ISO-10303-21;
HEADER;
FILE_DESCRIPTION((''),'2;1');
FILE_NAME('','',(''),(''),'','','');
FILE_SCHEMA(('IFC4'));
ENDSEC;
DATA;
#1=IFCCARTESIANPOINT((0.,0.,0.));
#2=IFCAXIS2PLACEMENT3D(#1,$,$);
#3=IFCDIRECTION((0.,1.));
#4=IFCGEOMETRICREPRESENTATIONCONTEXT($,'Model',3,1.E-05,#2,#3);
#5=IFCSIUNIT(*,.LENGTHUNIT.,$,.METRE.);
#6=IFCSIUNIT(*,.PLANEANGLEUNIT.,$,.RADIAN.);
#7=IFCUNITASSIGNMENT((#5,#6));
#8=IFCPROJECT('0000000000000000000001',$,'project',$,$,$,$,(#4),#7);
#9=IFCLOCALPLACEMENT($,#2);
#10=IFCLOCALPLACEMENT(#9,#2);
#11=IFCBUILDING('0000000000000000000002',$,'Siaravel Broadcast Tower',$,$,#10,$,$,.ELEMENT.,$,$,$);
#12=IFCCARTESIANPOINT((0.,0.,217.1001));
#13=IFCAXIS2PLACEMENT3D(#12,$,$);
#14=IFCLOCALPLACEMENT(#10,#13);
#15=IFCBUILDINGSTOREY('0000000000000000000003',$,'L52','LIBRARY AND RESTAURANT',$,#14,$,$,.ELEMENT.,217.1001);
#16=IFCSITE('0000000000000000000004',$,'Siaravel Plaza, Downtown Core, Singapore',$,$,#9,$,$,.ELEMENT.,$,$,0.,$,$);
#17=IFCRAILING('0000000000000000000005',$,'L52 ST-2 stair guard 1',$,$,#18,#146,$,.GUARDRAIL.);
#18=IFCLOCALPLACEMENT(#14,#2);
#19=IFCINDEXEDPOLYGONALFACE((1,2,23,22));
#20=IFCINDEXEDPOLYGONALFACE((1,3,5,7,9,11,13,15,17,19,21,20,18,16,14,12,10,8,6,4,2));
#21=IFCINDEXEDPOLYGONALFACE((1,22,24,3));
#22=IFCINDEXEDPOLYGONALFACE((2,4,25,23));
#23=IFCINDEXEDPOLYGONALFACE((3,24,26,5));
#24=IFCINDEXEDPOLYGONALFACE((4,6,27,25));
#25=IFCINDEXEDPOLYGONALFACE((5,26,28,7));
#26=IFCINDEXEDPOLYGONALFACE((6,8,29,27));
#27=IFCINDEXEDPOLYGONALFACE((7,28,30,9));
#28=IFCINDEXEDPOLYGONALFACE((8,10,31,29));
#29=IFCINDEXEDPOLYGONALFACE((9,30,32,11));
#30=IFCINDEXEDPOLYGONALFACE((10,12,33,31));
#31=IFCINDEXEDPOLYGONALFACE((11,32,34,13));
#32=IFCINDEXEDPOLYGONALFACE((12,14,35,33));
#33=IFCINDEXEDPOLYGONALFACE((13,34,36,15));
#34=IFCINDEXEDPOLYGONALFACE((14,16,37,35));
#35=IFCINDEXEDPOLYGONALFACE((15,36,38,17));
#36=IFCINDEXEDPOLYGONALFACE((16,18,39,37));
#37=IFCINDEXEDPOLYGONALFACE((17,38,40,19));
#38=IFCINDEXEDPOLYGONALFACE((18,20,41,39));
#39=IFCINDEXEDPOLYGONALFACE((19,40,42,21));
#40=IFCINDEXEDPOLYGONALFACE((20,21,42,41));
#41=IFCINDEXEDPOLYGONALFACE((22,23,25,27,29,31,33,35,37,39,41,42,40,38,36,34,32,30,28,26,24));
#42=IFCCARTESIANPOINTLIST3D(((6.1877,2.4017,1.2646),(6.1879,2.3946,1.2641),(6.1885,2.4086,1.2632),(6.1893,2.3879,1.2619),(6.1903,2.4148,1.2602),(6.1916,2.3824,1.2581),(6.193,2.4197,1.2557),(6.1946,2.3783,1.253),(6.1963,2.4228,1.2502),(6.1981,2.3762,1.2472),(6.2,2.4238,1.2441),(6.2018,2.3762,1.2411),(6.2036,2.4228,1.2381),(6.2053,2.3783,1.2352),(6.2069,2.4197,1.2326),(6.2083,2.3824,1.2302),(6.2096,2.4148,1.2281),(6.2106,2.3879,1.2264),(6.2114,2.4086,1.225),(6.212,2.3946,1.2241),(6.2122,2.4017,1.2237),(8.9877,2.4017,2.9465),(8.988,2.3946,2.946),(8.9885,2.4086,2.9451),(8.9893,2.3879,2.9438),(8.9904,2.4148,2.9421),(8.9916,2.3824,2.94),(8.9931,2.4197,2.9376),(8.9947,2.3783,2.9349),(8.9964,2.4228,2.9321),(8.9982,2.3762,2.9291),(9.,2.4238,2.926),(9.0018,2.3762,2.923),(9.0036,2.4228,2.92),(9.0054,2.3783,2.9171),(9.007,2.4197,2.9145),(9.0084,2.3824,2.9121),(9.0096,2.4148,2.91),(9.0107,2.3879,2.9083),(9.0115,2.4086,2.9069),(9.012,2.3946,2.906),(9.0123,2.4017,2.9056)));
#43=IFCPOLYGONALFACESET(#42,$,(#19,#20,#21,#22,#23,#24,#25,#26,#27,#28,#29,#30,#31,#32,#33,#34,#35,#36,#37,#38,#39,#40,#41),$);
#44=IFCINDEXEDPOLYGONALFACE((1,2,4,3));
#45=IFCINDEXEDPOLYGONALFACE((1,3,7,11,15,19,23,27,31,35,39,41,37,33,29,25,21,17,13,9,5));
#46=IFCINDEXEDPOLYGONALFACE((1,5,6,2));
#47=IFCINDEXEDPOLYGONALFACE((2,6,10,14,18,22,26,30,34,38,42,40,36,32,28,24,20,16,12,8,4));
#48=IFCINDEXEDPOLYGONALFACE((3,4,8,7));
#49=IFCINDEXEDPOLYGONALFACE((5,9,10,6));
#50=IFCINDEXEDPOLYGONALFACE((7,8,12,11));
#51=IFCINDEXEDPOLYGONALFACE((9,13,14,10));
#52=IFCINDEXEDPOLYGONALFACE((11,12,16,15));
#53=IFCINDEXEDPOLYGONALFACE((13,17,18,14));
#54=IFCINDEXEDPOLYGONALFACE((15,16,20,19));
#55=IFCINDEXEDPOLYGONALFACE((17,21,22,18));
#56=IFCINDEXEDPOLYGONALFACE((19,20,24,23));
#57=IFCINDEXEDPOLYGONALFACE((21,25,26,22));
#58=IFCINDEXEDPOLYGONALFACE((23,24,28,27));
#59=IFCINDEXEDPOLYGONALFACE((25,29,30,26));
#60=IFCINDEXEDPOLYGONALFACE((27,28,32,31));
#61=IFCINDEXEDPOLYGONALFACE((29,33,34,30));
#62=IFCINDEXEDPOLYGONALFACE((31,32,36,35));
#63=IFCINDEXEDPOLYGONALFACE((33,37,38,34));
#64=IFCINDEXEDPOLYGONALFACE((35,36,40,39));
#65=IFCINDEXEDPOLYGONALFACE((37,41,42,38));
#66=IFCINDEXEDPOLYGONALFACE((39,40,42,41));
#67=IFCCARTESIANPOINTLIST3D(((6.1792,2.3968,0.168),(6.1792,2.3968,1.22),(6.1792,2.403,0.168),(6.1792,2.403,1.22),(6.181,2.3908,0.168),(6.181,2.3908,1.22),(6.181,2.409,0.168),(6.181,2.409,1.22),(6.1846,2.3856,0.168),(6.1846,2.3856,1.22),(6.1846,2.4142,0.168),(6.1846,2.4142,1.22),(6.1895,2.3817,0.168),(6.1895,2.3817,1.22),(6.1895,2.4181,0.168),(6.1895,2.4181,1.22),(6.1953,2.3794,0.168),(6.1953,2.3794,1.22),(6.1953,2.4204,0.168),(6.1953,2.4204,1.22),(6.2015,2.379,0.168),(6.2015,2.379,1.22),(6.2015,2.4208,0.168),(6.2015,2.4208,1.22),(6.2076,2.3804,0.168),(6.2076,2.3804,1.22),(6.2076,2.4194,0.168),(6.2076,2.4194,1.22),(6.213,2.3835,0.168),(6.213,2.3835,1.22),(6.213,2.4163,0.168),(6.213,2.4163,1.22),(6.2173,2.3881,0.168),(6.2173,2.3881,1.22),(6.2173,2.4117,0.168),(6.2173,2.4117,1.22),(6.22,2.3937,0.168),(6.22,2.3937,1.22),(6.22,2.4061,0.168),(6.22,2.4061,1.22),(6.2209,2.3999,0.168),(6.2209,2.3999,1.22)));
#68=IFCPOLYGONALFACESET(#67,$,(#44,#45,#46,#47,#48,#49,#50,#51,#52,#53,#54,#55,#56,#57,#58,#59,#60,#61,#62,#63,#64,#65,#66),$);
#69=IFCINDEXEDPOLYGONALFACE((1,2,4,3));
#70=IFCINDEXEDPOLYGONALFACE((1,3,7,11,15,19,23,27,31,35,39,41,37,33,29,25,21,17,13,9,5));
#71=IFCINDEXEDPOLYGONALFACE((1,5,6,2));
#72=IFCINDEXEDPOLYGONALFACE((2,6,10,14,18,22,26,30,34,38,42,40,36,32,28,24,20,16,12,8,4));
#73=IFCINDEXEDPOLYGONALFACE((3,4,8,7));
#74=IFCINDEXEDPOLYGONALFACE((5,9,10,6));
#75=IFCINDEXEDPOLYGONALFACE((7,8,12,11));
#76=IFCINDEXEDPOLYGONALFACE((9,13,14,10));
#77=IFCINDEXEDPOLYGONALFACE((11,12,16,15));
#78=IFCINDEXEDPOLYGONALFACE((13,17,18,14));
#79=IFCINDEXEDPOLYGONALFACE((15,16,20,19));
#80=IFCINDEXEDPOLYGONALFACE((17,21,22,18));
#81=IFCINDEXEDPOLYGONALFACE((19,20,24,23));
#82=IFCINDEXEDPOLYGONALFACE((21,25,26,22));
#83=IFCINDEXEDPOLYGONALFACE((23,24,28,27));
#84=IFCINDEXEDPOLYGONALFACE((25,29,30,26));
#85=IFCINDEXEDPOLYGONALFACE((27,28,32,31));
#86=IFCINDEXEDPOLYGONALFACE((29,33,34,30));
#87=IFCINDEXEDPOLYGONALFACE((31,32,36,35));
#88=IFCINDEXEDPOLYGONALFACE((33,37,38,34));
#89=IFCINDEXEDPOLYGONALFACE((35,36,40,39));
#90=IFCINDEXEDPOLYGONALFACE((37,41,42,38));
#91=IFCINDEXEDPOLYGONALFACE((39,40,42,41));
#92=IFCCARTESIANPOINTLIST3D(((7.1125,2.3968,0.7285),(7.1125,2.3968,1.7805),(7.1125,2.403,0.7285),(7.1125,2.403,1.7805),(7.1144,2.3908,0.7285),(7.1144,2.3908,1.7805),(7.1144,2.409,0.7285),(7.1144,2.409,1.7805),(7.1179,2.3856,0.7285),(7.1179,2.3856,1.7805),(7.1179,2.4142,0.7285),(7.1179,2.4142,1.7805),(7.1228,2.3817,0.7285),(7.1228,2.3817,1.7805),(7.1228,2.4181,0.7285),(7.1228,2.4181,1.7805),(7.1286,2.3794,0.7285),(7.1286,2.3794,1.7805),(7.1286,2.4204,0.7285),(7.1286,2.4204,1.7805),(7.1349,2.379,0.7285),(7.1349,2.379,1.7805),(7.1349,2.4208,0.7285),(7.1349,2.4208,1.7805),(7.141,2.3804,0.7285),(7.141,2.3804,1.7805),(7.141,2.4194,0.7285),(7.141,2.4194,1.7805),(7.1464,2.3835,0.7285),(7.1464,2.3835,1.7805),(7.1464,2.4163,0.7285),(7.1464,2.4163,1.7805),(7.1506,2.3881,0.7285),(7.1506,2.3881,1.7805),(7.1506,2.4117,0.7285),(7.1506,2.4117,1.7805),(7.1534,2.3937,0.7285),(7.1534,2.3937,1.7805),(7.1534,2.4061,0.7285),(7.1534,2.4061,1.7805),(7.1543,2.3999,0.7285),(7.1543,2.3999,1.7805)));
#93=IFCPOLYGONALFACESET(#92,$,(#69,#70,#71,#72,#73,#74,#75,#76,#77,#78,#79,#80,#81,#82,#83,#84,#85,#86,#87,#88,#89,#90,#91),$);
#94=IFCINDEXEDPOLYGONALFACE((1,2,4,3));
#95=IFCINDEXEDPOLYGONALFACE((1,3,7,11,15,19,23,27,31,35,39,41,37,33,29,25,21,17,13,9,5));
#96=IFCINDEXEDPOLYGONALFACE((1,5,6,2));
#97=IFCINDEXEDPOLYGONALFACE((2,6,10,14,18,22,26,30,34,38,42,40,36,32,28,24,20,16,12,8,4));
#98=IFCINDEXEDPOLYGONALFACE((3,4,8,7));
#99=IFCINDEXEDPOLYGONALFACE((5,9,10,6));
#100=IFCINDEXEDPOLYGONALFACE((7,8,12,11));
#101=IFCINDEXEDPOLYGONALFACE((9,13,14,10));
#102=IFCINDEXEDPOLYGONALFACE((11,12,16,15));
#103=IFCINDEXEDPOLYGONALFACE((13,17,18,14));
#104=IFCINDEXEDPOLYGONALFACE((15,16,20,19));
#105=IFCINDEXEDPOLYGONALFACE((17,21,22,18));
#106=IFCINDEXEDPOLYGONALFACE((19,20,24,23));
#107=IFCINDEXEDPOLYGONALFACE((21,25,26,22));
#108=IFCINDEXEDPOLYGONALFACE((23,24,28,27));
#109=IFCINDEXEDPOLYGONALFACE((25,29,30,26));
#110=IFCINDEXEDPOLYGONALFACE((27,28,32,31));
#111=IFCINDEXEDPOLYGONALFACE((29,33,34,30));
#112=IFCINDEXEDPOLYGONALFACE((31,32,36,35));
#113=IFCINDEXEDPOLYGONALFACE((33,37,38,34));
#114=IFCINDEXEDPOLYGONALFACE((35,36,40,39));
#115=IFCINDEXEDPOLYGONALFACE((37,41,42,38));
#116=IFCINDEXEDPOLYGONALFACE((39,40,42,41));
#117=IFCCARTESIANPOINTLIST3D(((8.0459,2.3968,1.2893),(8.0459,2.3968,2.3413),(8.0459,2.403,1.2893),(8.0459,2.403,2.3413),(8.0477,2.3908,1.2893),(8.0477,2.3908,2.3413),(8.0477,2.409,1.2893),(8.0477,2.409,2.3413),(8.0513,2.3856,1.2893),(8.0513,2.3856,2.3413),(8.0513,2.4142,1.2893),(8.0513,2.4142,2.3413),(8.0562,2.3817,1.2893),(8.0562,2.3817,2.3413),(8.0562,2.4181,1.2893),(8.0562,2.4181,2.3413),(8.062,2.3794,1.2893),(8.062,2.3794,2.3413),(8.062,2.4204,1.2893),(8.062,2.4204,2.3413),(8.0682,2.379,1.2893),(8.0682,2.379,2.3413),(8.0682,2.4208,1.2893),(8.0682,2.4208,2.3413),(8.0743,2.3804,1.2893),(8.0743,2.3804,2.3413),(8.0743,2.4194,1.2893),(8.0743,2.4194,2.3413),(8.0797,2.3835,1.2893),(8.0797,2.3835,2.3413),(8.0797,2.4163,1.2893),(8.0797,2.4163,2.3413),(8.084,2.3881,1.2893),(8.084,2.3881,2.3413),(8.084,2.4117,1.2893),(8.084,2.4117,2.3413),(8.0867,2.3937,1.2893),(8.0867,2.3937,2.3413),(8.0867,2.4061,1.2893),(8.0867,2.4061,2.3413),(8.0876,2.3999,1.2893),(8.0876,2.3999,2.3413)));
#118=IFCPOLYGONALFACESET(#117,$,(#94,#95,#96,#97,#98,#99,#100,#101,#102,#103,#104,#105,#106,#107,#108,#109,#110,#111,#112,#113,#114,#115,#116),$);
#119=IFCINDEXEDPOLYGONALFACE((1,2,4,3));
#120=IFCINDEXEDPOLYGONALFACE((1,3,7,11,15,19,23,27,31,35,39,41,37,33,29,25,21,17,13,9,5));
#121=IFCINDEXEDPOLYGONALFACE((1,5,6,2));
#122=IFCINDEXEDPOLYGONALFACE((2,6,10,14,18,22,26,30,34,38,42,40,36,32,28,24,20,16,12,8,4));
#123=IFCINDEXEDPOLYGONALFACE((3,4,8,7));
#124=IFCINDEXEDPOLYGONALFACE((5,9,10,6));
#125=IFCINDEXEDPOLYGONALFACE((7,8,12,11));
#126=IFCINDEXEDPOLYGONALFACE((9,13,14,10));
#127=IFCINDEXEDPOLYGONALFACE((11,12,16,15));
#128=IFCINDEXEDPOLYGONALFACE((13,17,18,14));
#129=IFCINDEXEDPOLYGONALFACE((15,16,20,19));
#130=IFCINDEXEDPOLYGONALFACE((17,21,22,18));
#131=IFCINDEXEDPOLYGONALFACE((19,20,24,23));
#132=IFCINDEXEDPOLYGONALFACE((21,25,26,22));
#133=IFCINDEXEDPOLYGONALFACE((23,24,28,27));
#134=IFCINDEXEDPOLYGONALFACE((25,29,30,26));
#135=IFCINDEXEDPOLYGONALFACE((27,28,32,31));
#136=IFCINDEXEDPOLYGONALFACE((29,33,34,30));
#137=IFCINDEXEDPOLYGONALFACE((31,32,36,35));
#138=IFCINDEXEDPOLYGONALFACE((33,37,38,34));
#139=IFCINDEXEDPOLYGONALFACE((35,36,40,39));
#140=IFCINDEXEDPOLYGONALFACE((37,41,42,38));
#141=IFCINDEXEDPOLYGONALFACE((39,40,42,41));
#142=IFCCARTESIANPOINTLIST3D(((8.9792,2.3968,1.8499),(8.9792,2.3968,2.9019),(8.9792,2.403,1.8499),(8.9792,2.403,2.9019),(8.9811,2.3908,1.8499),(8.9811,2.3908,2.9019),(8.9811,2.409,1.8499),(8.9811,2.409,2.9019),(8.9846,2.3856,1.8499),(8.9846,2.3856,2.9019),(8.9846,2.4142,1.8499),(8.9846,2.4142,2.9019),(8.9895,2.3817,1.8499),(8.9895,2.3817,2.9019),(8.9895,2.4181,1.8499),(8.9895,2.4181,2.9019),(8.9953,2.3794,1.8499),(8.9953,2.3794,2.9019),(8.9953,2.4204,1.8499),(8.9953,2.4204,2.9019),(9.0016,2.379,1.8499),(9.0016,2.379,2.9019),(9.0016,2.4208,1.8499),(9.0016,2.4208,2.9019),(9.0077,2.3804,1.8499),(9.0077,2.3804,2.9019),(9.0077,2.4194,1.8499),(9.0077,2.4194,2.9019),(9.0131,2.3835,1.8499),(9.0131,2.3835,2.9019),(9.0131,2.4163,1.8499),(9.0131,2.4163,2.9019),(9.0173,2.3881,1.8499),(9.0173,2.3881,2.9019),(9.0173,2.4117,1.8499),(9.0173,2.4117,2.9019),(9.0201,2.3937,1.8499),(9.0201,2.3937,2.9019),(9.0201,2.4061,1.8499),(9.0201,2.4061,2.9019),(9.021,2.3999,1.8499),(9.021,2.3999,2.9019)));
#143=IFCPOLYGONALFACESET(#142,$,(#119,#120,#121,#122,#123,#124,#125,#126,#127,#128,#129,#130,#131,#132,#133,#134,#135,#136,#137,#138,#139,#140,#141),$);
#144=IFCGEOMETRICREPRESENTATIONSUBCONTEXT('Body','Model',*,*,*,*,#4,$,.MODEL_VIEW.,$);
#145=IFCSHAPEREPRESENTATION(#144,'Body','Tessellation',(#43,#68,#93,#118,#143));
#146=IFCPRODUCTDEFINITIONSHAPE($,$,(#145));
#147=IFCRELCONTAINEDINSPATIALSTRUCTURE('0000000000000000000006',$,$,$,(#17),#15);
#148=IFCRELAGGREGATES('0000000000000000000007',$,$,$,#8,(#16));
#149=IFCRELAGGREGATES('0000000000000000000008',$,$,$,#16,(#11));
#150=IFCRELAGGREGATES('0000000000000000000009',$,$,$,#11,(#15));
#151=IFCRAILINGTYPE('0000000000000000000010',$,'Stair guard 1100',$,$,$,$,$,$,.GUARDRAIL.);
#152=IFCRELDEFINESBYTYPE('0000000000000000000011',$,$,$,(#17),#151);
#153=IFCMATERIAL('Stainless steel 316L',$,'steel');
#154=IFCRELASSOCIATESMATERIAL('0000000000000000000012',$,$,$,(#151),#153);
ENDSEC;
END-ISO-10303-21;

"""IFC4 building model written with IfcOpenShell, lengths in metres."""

from ifc_helpers import new_model, si_unit, direction, frame, origin, origin_2d, place, context, subcontext, project, spatial, circle, extrude, material, type_object, element, save


model = new_model("IFC4")

# Units and contexts
model_context = context("Model", 3, precision=1e-05, world=origin(), true_north=direction((0.0, 1.0)))
body_context = subcontext(model_context, "Body", "Model", "MODEL_VIEW")
ifc_project = project(units=[si_unit("LENGTHUNIT", "METRE"), si_unit("PLANEANGLEUNIT", "RADIAN")], contexts=[model_context])

# Site, building, storey
site_placement = place(None, origin())
site = spatial("IfcSite", under=ifc_project, at=site_placement, Name="Siaravel Plaza, Downtown Core, Singapore", CompositionType="ELEMENT", RefElevation=0.0)
building_placement = place(site_placement, origin())
building = spatial("IfcBuilding", under=site, at=building_placement, Name="Siaravel Broadcast Tower", CompositionType="ELEMENT")
storey_placement = place(building_placement, frame((0.0, 0.0, 217.1001)))
storey = spatial("IfcBuildingStorey", under=building, at=storey_placement, Name="L52", Description="LIBRARY AND RESTAURANT", CompositionType="ELEMENT", Elevation=217.1001)

# Railing
ifc_material_1 = material(Name="Stainless steel 316L", Category="steel")
railing_type_1 = type_object("IfcRailingType", Name="Stair guard 1100", PredefinedType="GUARDRAIL", material=ifc_material_1)
railing_1_placement = place(storey_placement, frame((6.2, 2.3999, 0.168)))
element("IfcRailing", 1, at=railing_1_placement, inside=storey, type_object=railing_type_1, Name="L52 ST-2 stair guard 1", PredefinedType="GUARDRAIL", context=body_context, shape_type="SweptSolid", body=[
    extrude(circle(Radius=0.0239, at=origin_2d()), frame((0.0, 0.0, 1.0762), z_axis=(0.857242, 0.0, 0.514913), x_axis=(0.0, 1.0, 0.0)), (0.0, 0.0, 1.0), 3.2664),
    extrude(circle(Radius=0.021, at=origin_2d()), origin(), (0.0, 0.0, 1.0), 1.052),
    extrude(circle(Radius=0.021, at=origin_2d()), frame((0.9333, 0.0, 0.5605)), (0.0, 0.0, 1.0), 1.052),
    extrude(circle(Radius=0.021, at=origin_2d()), frame((1.8667, 0.0, 1.1213)), (0.0, 0.0, 1.0), 1.052),
    extrude(circle(Radius=0.021, at=origin_2d()), frame((2.8, 0.0, 1.6819)), (0.0, 0.0, 1.0), 1.052),
])

save(model, "model.ifc")
